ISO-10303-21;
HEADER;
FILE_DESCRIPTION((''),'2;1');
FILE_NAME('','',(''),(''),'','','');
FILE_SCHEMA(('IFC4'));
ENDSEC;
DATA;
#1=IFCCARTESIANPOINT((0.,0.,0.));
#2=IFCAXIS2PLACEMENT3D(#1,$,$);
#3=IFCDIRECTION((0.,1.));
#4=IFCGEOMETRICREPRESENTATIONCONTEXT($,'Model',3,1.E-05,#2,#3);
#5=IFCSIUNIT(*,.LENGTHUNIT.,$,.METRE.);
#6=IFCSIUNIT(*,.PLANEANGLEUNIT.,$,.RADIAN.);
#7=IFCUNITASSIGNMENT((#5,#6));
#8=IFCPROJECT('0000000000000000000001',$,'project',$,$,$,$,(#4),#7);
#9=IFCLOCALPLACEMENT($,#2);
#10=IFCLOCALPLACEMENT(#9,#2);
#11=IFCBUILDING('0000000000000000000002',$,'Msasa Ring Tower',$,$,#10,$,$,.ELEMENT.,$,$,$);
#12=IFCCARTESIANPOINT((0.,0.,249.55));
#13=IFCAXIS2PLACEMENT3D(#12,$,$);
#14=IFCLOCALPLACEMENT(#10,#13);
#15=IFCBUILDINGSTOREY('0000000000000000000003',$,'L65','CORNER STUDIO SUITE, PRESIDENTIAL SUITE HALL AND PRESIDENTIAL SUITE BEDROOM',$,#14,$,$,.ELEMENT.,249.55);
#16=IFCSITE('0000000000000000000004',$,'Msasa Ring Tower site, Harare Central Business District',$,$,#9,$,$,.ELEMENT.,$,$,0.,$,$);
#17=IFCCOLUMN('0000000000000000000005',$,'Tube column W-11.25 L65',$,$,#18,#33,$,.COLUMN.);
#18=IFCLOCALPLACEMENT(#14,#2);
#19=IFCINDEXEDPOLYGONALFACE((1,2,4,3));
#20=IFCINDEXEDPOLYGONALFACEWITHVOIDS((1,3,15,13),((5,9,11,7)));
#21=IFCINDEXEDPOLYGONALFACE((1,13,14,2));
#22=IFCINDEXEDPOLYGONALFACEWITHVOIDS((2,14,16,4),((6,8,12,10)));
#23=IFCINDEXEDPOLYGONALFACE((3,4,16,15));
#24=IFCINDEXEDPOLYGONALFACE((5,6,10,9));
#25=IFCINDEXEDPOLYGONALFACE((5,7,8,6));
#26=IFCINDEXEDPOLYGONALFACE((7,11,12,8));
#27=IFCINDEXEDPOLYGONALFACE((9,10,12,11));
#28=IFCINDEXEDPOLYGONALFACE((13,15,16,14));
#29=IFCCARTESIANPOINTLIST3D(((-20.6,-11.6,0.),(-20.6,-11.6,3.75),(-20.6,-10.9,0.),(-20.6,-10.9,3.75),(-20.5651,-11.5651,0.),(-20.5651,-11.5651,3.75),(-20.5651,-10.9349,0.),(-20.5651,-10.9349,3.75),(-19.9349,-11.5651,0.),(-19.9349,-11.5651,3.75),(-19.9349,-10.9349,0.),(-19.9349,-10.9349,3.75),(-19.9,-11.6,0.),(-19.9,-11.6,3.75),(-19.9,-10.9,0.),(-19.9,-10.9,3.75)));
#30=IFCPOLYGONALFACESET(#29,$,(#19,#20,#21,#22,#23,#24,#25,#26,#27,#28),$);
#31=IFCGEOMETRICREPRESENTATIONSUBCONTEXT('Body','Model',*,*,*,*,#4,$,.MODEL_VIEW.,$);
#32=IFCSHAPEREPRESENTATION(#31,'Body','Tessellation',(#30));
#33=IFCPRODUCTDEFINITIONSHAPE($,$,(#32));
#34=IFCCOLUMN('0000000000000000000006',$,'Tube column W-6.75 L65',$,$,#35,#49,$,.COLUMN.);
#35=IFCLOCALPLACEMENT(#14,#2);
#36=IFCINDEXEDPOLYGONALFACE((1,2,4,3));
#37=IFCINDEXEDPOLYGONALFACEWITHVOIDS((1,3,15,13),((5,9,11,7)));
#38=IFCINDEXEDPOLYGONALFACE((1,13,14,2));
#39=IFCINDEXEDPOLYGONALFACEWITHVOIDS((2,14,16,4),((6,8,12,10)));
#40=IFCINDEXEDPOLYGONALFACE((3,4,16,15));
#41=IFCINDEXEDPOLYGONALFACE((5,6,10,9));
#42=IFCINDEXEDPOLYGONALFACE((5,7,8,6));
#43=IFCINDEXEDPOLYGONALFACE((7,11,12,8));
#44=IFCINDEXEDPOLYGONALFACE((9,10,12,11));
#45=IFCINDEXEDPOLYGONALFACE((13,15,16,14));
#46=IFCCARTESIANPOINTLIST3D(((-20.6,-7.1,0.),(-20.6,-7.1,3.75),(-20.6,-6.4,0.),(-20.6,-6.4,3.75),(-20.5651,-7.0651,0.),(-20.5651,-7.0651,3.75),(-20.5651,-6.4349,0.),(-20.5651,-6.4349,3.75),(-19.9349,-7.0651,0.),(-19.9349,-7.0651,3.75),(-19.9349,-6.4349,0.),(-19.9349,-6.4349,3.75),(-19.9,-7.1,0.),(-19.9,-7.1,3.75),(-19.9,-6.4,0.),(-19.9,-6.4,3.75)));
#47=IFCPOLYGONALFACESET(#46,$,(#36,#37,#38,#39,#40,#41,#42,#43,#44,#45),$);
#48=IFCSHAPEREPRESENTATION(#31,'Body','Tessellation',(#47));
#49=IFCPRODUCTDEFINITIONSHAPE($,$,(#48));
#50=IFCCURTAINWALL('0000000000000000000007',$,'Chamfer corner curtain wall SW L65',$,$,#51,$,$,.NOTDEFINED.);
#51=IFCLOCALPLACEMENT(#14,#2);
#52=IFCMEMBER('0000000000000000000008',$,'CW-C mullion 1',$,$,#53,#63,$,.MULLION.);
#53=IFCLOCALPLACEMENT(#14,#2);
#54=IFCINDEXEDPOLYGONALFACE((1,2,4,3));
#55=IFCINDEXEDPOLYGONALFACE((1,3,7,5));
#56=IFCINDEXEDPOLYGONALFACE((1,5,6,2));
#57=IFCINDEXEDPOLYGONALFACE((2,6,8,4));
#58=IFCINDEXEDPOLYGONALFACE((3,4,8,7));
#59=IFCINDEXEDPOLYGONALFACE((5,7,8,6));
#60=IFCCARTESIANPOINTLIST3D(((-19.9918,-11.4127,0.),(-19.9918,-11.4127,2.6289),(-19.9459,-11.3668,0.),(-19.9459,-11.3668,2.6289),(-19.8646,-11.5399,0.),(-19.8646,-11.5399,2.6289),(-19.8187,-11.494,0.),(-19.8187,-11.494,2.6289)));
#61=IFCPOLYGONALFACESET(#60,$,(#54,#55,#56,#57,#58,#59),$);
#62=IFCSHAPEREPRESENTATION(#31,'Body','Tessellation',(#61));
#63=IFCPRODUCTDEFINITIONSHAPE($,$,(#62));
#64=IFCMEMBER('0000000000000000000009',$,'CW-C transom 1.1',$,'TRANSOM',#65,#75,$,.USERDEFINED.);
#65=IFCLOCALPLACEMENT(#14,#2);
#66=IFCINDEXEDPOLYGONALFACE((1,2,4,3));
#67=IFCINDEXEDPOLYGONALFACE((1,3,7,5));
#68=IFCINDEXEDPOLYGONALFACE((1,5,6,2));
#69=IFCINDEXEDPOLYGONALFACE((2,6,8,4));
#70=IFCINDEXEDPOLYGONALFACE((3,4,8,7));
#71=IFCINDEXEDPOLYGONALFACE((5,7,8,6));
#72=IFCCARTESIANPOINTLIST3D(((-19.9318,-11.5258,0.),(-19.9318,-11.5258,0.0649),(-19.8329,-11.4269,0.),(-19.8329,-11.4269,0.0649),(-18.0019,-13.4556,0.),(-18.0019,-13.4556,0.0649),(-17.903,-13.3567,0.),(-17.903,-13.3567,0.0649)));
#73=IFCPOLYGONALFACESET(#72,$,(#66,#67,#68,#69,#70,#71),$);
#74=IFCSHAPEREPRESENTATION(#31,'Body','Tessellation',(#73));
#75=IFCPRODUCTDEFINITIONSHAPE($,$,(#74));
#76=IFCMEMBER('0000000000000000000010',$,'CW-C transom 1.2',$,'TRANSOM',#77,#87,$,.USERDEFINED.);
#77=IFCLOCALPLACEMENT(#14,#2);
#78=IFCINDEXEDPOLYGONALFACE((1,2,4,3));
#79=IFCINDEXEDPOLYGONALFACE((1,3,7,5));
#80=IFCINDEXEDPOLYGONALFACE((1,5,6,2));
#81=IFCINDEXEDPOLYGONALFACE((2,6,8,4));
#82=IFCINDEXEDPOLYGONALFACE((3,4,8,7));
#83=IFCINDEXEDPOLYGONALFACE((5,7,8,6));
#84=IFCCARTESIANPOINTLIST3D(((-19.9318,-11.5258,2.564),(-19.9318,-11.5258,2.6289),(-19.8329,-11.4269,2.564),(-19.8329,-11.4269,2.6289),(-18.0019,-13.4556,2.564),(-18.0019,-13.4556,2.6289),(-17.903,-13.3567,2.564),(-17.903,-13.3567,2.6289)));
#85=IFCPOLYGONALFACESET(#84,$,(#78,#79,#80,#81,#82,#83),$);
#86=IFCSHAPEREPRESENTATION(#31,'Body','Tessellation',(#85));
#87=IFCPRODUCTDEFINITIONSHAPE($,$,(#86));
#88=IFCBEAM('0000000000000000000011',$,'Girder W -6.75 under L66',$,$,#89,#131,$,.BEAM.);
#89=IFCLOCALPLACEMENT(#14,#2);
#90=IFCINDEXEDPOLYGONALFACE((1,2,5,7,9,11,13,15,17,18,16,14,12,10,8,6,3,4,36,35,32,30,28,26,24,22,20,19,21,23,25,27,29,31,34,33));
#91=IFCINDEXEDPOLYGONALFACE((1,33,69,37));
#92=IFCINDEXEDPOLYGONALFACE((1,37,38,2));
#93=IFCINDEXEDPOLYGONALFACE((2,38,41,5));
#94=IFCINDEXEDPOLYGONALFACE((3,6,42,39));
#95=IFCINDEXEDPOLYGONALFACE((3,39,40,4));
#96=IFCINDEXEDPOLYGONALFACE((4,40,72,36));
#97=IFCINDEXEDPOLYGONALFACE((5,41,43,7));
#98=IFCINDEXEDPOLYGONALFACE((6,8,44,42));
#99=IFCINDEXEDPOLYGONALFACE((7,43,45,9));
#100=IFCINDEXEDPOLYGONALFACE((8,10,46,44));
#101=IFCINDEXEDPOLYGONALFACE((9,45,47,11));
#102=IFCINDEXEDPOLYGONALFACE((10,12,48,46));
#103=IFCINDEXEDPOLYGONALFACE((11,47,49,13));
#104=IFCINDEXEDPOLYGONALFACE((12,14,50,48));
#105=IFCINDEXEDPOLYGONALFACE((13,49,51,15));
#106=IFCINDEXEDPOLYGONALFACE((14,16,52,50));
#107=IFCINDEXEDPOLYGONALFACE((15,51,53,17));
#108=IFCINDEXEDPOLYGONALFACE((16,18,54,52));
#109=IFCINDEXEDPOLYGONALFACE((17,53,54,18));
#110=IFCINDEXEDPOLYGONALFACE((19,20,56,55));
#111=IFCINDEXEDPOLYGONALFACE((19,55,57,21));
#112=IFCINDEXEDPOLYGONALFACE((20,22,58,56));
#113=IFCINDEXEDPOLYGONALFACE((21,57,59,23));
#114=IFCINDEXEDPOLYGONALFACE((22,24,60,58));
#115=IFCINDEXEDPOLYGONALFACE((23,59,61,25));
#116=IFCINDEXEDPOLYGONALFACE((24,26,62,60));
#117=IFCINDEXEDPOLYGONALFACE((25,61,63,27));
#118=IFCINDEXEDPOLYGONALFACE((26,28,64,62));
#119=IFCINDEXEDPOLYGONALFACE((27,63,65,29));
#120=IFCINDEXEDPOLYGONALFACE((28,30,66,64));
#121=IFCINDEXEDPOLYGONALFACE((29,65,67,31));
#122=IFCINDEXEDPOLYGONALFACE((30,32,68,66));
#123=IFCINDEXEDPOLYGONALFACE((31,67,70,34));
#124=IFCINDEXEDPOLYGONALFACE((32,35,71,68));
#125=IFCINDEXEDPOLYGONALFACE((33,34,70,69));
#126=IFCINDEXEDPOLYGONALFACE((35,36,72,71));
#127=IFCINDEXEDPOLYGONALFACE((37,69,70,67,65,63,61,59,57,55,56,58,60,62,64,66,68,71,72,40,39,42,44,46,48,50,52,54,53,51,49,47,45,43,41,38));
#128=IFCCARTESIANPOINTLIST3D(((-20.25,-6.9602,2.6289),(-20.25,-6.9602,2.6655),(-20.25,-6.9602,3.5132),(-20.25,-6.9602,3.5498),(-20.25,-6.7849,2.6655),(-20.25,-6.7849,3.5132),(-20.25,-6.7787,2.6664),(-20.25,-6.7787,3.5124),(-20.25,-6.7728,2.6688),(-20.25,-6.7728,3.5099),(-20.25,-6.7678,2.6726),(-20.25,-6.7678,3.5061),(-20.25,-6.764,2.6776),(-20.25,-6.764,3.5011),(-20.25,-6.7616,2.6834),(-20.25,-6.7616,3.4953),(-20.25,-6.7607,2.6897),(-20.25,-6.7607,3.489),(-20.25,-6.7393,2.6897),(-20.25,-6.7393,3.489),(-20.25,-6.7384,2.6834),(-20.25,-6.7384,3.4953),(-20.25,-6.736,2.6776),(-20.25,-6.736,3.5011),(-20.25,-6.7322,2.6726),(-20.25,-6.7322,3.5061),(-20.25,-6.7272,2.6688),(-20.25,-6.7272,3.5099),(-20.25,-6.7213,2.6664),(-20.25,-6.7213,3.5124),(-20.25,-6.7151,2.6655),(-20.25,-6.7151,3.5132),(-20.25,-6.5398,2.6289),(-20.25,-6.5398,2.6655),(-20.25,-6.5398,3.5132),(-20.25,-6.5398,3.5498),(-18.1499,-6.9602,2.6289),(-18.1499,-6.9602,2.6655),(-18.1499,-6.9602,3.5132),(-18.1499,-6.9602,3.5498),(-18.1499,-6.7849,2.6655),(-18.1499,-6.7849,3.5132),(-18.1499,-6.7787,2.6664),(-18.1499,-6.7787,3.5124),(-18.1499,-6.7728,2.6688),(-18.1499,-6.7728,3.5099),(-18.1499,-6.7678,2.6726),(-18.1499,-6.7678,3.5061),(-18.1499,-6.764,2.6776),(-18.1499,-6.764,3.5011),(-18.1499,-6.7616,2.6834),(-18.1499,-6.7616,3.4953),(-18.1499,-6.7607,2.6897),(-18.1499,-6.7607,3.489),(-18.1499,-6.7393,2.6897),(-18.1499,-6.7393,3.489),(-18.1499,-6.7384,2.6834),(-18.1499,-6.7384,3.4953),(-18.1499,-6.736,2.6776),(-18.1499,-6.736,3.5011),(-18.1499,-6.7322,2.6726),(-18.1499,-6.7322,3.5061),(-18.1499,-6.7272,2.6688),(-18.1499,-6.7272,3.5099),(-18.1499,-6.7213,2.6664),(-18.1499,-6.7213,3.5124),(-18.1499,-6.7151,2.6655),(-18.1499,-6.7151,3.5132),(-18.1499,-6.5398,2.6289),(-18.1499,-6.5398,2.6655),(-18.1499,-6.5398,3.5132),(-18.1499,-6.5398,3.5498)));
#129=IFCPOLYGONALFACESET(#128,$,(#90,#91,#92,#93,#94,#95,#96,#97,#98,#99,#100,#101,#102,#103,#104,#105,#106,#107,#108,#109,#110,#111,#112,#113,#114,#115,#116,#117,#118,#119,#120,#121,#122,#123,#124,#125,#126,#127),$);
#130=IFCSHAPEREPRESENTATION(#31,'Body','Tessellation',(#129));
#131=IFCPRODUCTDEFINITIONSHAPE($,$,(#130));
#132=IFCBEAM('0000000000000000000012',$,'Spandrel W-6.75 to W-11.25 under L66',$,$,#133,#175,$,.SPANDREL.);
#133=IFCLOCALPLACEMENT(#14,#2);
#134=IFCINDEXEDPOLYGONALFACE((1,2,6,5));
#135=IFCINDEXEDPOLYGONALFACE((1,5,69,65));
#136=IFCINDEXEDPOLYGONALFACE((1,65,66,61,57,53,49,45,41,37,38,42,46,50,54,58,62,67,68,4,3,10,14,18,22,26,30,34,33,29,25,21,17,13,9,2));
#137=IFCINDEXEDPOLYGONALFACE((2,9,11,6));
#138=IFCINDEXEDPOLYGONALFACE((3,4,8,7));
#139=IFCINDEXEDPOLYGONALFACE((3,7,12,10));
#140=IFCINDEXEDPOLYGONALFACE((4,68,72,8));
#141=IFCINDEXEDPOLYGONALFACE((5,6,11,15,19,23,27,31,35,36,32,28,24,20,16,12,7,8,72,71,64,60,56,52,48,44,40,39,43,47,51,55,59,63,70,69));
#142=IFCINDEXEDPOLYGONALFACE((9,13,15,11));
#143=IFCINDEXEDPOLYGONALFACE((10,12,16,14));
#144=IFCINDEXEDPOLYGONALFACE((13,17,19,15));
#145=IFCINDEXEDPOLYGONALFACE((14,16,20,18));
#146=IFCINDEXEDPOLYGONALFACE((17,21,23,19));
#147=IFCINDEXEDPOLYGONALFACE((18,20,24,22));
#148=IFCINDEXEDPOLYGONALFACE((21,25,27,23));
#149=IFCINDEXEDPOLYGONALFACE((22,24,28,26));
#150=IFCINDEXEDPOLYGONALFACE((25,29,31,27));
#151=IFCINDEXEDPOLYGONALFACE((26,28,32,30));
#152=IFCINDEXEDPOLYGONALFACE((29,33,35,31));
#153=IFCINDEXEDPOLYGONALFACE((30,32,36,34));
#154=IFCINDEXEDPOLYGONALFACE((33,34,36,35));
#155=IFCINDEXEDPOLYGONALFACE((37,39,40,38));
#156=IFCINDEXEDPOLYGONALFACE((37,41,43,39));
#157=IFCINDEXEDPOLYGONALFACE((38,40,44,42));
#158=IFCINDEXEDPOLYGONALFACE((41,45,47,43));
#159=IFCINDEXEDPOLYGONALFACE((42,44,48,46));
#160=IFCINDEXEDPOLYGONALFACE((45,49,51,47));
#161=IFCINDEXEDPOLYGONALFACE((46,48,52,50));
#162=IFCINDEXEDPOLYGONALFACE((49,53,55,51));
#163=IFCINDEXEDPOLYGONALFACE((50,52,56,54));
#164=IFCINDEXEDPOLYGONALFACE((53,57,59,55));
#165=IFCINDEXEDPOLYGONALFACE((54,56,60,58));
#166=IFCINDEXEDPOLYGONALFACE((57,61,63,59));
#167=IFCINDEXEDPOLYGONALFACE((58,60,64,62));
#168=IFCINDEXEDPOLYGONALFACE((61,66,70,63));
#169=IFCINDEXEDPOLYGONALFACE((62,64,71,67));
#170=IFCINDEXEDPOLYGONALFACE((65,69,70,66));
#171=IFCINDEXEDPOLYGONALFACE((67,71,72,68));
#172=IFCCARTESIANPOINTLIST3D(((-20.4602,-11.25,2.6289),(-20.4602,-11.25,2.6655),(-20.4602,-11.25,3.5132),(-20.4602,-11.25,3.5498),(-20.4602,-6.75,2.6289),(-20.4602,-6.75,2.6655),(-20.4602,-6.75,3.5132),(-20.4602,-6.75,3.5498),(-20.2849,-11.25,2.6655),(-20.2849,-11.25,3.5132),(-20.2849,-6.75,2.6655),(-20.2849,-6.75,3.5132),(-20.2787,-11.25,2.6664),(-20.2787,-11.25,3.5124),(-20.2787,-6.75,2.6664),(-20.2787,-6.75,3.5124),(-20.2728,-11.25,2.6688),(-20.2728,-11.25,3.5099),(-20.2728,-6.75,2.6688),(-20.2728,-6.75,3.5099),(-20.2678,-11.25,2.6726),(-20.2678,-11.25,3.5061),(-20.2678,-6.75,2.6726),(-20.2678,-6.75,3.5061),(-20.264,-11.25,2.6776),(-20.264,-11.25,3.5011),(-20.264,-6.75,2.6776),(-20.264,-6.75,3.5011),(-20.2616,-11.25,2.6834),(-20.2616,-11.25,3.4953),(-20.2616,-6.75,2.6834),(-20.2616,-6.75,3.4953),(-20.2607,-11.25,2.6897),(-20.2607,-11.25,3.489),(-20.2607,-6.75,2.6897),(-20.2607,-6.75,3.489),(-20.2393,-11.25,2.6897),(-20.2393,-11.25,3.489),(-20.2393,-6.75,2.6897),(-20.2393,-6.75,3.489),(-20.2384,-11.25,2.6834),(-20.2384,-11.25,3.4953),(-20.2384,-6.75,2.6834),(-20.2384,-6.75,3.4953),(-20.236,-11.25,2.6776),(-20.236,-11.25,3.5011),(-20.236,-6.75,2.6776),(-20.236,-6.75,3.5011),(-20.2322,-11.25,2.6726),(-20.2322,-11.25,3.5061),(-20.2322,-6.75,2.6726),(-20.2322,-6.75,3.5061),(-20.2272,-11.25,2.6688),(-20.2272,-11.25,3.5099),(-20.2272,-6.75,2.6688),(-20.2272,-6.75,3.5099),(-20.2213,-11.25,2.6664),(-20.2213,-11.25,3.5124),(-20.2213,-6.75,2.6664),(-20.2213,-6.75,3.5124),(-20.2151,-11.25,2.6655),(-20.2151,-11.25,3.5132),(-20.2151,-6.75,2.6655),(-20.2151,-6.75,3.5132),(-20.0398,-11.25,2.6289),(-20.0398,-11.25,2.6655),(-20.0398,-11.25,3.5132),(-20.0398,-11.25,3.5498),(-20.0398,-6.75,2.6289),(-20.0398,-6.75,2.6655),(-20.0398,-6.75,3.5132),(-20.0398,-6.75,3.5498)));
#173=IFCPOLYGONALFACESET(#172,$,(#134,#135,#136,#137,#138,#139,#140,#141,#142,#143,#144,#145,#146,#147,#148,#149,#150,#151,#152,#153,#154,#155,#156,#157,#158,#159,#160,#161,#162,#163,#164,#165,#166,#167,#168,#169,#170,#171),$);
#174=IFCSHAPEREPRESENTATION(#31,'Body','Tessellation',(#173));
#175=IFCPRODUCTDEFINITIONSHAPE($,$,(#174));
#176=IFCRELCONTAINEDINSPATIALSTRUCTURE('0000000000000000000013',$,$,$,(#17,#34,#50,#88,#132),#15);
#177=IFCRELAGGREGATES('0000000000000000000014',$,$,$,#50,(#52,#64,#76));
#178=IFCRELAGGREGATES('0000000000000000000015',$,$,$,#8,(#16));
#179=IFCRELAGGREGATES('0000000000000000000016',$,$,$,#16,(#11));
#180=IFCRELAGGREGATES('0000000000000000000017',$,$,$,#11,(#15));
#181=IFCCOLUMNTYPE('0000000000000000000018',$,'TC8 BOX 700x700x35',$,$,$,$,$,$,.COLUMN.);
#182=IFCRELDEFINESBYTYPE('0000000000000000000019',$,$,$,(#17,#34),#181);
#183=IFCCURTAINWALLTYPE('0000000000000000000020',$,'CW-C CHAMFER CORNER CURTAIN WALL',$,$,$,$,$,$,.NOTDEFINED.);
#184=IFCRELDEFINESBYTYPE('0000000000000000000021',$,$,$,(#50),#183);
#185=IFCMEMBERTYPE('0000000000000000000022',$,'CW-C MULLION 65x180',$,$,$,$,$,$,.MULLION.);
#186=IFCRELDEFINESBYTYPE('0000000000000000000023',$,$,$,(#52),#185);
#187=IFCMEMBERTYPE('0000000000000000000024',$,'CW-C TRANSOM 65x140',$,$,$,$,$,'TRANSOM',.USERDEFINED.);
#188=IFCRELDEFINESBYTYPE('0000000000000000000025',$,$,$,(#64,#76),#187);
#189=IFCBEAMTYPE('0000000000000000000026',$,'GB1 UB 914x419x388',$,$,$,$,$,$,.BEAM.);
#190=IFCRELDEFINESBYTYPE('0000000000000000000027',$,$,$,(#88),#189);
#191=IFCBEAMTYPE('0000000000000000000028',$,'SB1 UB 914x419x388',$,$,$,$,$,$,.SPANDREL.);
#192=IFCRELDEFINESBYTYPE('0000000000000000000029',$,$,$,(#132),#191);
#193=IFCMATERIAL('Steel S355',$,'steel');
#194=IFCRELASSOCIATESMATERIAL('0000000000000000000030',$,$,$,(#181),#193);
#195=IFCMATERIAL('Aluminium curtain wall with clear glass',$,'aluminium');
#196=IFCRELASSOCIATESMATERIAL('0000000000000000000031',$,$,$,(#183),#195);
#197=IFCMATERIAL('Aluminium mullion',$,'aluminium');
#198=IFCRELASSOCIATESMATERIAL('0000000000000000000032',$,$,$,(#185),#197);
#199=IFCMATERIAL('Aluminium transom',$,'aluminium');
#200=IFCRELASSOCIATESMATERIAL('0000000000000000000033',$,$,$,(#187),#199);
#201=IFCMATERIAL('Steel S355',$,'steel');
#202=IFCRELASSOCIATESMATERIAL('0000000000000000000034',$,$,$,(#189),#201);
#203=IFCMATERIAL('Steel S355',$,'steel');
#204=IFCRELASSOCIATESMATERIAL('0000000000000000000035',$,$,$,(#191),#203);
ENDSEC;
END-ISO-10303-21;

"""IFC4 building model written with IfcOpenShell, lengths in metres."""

from ifc_helpers import new_model, si_unit, direction, frame, origin, origin_2d, place, context, subcontext, project, spatial, rectangle, hollow_rectangle, i_section, extrude, material, material_profile, profile_set, type_object, element, aggregate, save


model = new_model("IFC4")

# Units and contexts
model_context = context("Model", 3, precision=1e-05, world=origin(), true_north=direction((0.0, 1.0)))
body_context = subcontext(model_context, "Body", "Model", "MODEL_VIEW")
ifc_project = project(units=[si_unit("LENGTHUNIT", "METRE"), si_unit("PLANEANGLEUNIT", "RADIAN")], contexts=[model_context])

# Site, building, storey
site_placement = place(None, origin())
site = spatial("IfcSite", under=ifc_project, at=site_placement, Name="Msasa Ring Tower site, Harare Central Business District", CompositionType="ELEMENT", RefElevation=0.0)
building_placement = place(site_placement, origin())
building = spatial("IfcBuilding", under=site, at=building_placement, Name="Msasa Ring Tower", CompositionType="ELEMENT")
storey_placement = place(building_placement, frame((0.0, 0.0, 249.55)))
storey = spatial("IfcBuildingStorey", under=building, at=storey_placement, Name="L65", Description="CORNER STUDIO SUITE, PRESIDENTIAL SUITE HALL AND PRESIDENTIAL SUITE BEDROOM", CompositionType="ELEMENT", Elevation=249.55)

# Columns
ifc_material_1 = material(Name="Steel S355", Category="steel")
ifc_material_profile_1 = material_profile(ifc_material_1, hollow_rectangle(XDim=0.7, YDim=0.7, WallThickness=0.0349, at=origin_2d()), Name="BOX 700x700x35")
ifc_profile_set_1 = profile_set([ifc_material_profile_1], Name="Steel S355")
column_type = type_object("IfcColumnType", Name="TC8 BOX 700x700x35", PredefinedType="COLUMN", material=ifc_profile_set_1)
for number, where, z_axis, x_axis, name in (
    (1, (-20.25, -11.25, 0.0), (0.0, 0.0, 1.0), (1.0, 0.0, 0.0), "Tube column W-11.25 L65"),
    (2, (-20.25, -6.75, 0.0), (0.0, 0.0, 1.0), (1.0, 0.0, 0.0), "Tube column W-6.75 L65"),
):
    element("IfcColumn", number, at=place(storey_placement, frame(where, z_axis=z_axis, x_axis=x_axis)), inside=storey, type_object=column_type, Name=name, PredefinedType="COLUMN", context=body_context, shape_type="SweptSolid", body=[
        extrude(hollow_rectangle(XDim=0.7, YDim=0.7, WallThickness=0.0349, at=origin_2d()), origin(), (0.0, 0.0, 1.0), 3.75),
    ])

# Curtain wall, members
ifc_material_2 = material(Name="Aluminium curtain wall with clear glass", Category="aluminium")
curtain_wall_type = type_object("IfcCurtainWallType", Name="CW-C CHAMFER CORNER CURTAIN WALL", PredefinedType="NOTDEFINED", material=ifc_material_2)
curtain_wall_placement = place(storey_placement, origin())
curtain_wall = element("IfcCurtainWall", 3, at=curtain_wall_placement, inside=storey, type_object=curtain_wall_type, Name="Chamfer corner curtain wall SW L65", PredefinedType="NOTDEFINED")
ifc_material_3 = material(Name="Aluminium mullion", Category="aluminium")
ifc_material_profile_2 = material_profile(ifc_material_3, rectangle(XDim=0.0649, YDim=0.1799, at=origin_2d()), Name="AL 65x180")
ifc_profile_set_2 = profile_set([ifc_material_profile_2], Name="Aluminium mullion")
member_type_1 = type_object("IfcMemberType", Name="CW-C MULLION 65x180", PredefinedType="MULLION", material=ifc_profile_set_2)
member_1_placement = place(storey_placement, frame((-19.9053, -11.4534, 0.0), z_axis=(0.0, 0.0, 1.0), x_axis=(0.707107, 0.707107, 0.0)))
member_1 = element("IfcMember", 4, at=member_1_placement, type_object=member_type_1, Name="CW-C mullion 1", PredefinedType="MULLION", context=body_context, shape_type="SweptSolid", body=[
    extrude(rectangle(XDim=0.0649, YDim=0.1799, at=origin_2d()), origin(), (0.0, 0.0, 1.0), 2.6289),
])
ifc_material_4 = material(Name="Aluminium transom", Category="aluminium")
ifc_material_profile_3 = material_profile(ifc_material_4, rectangle(XDim=0.1399, YDim=0.0649, at=origin_2d()), Name="AL 65x140")
ifc_profile_set_3 = profile_set([ifc_material_profile_3], Name="Aluminium transom")
member_type_2 = type_object("IfcMemberType", Name="CW-C TRANSOM 65x140", ElementType="TRANSOM", PredefinedType="USERDEFINED", material=ifc_profile_set_3)
member_2_placement = place(storey_placement, frame((-19.8823, -11.4763, 0.0325), z_axis=(0.707107, -0.707107, 0.0), x_axis=(0.707107, 0.707107, 0.0)))
member_2 = element("IfcMember", 5, at=member_2_placement, type_object=member_type_2, Name="CW-C transom 1.1", ObjectType="TRANSOM", PredefinedType="USERDEFINED", context=body_context, shape_type="SweptSolid", body=[
    extrude(rectangle(XDim=0.1399, YDim=0.0649, at=origin_2d()), origin(), (0.0, 0.0, 1.0), 2.7292),
])
member_3_placement = place(storey_placement, frame((-19.8823, -11.4763, 2.5964), z_axis=(0.707107, -0.707107, 0.0), x_axis=(0.707107, 0.707107, 0.0)))
member_3 = element("IfcMember", 6, at=member_3_placement, type_object=member_type_2, Name="CW-C transom 1.2", ObjectType="TRANSOM", PredefinedType="USERDEFINED", context=body_context, shape_type="SweptSolid", body=[
    extrude(rectangle(XDim=0.1399, YDim=0.0649, at=origin_2d()), origin(), (0.0, 0.0, 1.0), 2.7292),
])
aggregate(curtain_wall, [member_1, member_2, member_3])

# Beams
ifc_material_5 = material(Name="Steel S355", Category="steel")
ifc_material_profile_4 = material_profile(ifc_material_5, i_section(OverallWidth=0.4204, OverallDepth=0.9209, WebThickness=0.0215, FlangeThickness=0.0366, FilletRadius=0.0242, at=origin_2d()), Name="UB 914x419x388")
ifc_profile_set_4 = profile_set([ifc_material_profile_4], Name="Steel S355")
beam_type_1 = type_object("IfcBeamType", Name="GB1 UB 914x419x388", PredefinedType="BEAM", material=ifc_profile_set_4)
beam_1_placement = place(storey_placement, frame((-18.1499, -6.75, 3.0894), z_axis=(-1.0, 0.0, 0.0), x_axis=(0.0, -1.0, 0.0)))
element("IfcBeam", 7, at=beam_1_placement, inside=storey, type_object=beam_type_1, Name="Girder W -6.75 under L66", PredefinedType="BEAM", context=body_context, shape_type="SweptSolid", body=[
    extrude(i_section(OverallWidth=0.4204, OverallDepth=0.9209, WebThickness=0.0215, FlangeThickness=0.0366, FilletRadius=0.0242, at=origin_2d()), origin(), (0.0, 0.0, 1.0), 2.1001),
])
ifc_material_6 = material(Name="Steel S355", Category="steel")
ifc_material_profile_5 = material_profile(ifc_material_6, i_section(OverallWidth=0.4204, OverallDepth=0.9209, WebThickness=0.0215, FlangeThickness=0.0366, FilletRadius=0.0242, at=origin_2d()), Name="UB 914x419x388")
ifc_profile_set_5 = profile_set([ifc_material_profile_5], Name="Steel S355")
beam_type_2 = type_object("IfcBeamType", Name="SB1 UB 914x419x388", PredefinedType="SPANDREL", material=ifc_profile_set_5)
beam_2_placement = place(storey_placement, frame((-20.25, -6.75, 3.0894), z_axis=(0.0, -1.0, 0.0), x_axis=(1.0, 0.0, 0.0)))
element("IfcBeam", 8, at=beam_2_placement, inside=storey, type_object=beam_type_2, Name="Spandrel W-6.75 to W-11.25 under L66", PredefinedType="SPANDREL", context=body_context, shape_type="SweptSolid", body=[
    extrude(i_section(OverallWidth=0.4204, OverallDepth=0.9209, WebThickness=0.0215, FlangeThickness=0.0366, FilletRadius=0.0242, at=origin_2d()), origin(), (0.0, 0.0, 1.0), 4.5),
])

save(model, "model.ifc")
